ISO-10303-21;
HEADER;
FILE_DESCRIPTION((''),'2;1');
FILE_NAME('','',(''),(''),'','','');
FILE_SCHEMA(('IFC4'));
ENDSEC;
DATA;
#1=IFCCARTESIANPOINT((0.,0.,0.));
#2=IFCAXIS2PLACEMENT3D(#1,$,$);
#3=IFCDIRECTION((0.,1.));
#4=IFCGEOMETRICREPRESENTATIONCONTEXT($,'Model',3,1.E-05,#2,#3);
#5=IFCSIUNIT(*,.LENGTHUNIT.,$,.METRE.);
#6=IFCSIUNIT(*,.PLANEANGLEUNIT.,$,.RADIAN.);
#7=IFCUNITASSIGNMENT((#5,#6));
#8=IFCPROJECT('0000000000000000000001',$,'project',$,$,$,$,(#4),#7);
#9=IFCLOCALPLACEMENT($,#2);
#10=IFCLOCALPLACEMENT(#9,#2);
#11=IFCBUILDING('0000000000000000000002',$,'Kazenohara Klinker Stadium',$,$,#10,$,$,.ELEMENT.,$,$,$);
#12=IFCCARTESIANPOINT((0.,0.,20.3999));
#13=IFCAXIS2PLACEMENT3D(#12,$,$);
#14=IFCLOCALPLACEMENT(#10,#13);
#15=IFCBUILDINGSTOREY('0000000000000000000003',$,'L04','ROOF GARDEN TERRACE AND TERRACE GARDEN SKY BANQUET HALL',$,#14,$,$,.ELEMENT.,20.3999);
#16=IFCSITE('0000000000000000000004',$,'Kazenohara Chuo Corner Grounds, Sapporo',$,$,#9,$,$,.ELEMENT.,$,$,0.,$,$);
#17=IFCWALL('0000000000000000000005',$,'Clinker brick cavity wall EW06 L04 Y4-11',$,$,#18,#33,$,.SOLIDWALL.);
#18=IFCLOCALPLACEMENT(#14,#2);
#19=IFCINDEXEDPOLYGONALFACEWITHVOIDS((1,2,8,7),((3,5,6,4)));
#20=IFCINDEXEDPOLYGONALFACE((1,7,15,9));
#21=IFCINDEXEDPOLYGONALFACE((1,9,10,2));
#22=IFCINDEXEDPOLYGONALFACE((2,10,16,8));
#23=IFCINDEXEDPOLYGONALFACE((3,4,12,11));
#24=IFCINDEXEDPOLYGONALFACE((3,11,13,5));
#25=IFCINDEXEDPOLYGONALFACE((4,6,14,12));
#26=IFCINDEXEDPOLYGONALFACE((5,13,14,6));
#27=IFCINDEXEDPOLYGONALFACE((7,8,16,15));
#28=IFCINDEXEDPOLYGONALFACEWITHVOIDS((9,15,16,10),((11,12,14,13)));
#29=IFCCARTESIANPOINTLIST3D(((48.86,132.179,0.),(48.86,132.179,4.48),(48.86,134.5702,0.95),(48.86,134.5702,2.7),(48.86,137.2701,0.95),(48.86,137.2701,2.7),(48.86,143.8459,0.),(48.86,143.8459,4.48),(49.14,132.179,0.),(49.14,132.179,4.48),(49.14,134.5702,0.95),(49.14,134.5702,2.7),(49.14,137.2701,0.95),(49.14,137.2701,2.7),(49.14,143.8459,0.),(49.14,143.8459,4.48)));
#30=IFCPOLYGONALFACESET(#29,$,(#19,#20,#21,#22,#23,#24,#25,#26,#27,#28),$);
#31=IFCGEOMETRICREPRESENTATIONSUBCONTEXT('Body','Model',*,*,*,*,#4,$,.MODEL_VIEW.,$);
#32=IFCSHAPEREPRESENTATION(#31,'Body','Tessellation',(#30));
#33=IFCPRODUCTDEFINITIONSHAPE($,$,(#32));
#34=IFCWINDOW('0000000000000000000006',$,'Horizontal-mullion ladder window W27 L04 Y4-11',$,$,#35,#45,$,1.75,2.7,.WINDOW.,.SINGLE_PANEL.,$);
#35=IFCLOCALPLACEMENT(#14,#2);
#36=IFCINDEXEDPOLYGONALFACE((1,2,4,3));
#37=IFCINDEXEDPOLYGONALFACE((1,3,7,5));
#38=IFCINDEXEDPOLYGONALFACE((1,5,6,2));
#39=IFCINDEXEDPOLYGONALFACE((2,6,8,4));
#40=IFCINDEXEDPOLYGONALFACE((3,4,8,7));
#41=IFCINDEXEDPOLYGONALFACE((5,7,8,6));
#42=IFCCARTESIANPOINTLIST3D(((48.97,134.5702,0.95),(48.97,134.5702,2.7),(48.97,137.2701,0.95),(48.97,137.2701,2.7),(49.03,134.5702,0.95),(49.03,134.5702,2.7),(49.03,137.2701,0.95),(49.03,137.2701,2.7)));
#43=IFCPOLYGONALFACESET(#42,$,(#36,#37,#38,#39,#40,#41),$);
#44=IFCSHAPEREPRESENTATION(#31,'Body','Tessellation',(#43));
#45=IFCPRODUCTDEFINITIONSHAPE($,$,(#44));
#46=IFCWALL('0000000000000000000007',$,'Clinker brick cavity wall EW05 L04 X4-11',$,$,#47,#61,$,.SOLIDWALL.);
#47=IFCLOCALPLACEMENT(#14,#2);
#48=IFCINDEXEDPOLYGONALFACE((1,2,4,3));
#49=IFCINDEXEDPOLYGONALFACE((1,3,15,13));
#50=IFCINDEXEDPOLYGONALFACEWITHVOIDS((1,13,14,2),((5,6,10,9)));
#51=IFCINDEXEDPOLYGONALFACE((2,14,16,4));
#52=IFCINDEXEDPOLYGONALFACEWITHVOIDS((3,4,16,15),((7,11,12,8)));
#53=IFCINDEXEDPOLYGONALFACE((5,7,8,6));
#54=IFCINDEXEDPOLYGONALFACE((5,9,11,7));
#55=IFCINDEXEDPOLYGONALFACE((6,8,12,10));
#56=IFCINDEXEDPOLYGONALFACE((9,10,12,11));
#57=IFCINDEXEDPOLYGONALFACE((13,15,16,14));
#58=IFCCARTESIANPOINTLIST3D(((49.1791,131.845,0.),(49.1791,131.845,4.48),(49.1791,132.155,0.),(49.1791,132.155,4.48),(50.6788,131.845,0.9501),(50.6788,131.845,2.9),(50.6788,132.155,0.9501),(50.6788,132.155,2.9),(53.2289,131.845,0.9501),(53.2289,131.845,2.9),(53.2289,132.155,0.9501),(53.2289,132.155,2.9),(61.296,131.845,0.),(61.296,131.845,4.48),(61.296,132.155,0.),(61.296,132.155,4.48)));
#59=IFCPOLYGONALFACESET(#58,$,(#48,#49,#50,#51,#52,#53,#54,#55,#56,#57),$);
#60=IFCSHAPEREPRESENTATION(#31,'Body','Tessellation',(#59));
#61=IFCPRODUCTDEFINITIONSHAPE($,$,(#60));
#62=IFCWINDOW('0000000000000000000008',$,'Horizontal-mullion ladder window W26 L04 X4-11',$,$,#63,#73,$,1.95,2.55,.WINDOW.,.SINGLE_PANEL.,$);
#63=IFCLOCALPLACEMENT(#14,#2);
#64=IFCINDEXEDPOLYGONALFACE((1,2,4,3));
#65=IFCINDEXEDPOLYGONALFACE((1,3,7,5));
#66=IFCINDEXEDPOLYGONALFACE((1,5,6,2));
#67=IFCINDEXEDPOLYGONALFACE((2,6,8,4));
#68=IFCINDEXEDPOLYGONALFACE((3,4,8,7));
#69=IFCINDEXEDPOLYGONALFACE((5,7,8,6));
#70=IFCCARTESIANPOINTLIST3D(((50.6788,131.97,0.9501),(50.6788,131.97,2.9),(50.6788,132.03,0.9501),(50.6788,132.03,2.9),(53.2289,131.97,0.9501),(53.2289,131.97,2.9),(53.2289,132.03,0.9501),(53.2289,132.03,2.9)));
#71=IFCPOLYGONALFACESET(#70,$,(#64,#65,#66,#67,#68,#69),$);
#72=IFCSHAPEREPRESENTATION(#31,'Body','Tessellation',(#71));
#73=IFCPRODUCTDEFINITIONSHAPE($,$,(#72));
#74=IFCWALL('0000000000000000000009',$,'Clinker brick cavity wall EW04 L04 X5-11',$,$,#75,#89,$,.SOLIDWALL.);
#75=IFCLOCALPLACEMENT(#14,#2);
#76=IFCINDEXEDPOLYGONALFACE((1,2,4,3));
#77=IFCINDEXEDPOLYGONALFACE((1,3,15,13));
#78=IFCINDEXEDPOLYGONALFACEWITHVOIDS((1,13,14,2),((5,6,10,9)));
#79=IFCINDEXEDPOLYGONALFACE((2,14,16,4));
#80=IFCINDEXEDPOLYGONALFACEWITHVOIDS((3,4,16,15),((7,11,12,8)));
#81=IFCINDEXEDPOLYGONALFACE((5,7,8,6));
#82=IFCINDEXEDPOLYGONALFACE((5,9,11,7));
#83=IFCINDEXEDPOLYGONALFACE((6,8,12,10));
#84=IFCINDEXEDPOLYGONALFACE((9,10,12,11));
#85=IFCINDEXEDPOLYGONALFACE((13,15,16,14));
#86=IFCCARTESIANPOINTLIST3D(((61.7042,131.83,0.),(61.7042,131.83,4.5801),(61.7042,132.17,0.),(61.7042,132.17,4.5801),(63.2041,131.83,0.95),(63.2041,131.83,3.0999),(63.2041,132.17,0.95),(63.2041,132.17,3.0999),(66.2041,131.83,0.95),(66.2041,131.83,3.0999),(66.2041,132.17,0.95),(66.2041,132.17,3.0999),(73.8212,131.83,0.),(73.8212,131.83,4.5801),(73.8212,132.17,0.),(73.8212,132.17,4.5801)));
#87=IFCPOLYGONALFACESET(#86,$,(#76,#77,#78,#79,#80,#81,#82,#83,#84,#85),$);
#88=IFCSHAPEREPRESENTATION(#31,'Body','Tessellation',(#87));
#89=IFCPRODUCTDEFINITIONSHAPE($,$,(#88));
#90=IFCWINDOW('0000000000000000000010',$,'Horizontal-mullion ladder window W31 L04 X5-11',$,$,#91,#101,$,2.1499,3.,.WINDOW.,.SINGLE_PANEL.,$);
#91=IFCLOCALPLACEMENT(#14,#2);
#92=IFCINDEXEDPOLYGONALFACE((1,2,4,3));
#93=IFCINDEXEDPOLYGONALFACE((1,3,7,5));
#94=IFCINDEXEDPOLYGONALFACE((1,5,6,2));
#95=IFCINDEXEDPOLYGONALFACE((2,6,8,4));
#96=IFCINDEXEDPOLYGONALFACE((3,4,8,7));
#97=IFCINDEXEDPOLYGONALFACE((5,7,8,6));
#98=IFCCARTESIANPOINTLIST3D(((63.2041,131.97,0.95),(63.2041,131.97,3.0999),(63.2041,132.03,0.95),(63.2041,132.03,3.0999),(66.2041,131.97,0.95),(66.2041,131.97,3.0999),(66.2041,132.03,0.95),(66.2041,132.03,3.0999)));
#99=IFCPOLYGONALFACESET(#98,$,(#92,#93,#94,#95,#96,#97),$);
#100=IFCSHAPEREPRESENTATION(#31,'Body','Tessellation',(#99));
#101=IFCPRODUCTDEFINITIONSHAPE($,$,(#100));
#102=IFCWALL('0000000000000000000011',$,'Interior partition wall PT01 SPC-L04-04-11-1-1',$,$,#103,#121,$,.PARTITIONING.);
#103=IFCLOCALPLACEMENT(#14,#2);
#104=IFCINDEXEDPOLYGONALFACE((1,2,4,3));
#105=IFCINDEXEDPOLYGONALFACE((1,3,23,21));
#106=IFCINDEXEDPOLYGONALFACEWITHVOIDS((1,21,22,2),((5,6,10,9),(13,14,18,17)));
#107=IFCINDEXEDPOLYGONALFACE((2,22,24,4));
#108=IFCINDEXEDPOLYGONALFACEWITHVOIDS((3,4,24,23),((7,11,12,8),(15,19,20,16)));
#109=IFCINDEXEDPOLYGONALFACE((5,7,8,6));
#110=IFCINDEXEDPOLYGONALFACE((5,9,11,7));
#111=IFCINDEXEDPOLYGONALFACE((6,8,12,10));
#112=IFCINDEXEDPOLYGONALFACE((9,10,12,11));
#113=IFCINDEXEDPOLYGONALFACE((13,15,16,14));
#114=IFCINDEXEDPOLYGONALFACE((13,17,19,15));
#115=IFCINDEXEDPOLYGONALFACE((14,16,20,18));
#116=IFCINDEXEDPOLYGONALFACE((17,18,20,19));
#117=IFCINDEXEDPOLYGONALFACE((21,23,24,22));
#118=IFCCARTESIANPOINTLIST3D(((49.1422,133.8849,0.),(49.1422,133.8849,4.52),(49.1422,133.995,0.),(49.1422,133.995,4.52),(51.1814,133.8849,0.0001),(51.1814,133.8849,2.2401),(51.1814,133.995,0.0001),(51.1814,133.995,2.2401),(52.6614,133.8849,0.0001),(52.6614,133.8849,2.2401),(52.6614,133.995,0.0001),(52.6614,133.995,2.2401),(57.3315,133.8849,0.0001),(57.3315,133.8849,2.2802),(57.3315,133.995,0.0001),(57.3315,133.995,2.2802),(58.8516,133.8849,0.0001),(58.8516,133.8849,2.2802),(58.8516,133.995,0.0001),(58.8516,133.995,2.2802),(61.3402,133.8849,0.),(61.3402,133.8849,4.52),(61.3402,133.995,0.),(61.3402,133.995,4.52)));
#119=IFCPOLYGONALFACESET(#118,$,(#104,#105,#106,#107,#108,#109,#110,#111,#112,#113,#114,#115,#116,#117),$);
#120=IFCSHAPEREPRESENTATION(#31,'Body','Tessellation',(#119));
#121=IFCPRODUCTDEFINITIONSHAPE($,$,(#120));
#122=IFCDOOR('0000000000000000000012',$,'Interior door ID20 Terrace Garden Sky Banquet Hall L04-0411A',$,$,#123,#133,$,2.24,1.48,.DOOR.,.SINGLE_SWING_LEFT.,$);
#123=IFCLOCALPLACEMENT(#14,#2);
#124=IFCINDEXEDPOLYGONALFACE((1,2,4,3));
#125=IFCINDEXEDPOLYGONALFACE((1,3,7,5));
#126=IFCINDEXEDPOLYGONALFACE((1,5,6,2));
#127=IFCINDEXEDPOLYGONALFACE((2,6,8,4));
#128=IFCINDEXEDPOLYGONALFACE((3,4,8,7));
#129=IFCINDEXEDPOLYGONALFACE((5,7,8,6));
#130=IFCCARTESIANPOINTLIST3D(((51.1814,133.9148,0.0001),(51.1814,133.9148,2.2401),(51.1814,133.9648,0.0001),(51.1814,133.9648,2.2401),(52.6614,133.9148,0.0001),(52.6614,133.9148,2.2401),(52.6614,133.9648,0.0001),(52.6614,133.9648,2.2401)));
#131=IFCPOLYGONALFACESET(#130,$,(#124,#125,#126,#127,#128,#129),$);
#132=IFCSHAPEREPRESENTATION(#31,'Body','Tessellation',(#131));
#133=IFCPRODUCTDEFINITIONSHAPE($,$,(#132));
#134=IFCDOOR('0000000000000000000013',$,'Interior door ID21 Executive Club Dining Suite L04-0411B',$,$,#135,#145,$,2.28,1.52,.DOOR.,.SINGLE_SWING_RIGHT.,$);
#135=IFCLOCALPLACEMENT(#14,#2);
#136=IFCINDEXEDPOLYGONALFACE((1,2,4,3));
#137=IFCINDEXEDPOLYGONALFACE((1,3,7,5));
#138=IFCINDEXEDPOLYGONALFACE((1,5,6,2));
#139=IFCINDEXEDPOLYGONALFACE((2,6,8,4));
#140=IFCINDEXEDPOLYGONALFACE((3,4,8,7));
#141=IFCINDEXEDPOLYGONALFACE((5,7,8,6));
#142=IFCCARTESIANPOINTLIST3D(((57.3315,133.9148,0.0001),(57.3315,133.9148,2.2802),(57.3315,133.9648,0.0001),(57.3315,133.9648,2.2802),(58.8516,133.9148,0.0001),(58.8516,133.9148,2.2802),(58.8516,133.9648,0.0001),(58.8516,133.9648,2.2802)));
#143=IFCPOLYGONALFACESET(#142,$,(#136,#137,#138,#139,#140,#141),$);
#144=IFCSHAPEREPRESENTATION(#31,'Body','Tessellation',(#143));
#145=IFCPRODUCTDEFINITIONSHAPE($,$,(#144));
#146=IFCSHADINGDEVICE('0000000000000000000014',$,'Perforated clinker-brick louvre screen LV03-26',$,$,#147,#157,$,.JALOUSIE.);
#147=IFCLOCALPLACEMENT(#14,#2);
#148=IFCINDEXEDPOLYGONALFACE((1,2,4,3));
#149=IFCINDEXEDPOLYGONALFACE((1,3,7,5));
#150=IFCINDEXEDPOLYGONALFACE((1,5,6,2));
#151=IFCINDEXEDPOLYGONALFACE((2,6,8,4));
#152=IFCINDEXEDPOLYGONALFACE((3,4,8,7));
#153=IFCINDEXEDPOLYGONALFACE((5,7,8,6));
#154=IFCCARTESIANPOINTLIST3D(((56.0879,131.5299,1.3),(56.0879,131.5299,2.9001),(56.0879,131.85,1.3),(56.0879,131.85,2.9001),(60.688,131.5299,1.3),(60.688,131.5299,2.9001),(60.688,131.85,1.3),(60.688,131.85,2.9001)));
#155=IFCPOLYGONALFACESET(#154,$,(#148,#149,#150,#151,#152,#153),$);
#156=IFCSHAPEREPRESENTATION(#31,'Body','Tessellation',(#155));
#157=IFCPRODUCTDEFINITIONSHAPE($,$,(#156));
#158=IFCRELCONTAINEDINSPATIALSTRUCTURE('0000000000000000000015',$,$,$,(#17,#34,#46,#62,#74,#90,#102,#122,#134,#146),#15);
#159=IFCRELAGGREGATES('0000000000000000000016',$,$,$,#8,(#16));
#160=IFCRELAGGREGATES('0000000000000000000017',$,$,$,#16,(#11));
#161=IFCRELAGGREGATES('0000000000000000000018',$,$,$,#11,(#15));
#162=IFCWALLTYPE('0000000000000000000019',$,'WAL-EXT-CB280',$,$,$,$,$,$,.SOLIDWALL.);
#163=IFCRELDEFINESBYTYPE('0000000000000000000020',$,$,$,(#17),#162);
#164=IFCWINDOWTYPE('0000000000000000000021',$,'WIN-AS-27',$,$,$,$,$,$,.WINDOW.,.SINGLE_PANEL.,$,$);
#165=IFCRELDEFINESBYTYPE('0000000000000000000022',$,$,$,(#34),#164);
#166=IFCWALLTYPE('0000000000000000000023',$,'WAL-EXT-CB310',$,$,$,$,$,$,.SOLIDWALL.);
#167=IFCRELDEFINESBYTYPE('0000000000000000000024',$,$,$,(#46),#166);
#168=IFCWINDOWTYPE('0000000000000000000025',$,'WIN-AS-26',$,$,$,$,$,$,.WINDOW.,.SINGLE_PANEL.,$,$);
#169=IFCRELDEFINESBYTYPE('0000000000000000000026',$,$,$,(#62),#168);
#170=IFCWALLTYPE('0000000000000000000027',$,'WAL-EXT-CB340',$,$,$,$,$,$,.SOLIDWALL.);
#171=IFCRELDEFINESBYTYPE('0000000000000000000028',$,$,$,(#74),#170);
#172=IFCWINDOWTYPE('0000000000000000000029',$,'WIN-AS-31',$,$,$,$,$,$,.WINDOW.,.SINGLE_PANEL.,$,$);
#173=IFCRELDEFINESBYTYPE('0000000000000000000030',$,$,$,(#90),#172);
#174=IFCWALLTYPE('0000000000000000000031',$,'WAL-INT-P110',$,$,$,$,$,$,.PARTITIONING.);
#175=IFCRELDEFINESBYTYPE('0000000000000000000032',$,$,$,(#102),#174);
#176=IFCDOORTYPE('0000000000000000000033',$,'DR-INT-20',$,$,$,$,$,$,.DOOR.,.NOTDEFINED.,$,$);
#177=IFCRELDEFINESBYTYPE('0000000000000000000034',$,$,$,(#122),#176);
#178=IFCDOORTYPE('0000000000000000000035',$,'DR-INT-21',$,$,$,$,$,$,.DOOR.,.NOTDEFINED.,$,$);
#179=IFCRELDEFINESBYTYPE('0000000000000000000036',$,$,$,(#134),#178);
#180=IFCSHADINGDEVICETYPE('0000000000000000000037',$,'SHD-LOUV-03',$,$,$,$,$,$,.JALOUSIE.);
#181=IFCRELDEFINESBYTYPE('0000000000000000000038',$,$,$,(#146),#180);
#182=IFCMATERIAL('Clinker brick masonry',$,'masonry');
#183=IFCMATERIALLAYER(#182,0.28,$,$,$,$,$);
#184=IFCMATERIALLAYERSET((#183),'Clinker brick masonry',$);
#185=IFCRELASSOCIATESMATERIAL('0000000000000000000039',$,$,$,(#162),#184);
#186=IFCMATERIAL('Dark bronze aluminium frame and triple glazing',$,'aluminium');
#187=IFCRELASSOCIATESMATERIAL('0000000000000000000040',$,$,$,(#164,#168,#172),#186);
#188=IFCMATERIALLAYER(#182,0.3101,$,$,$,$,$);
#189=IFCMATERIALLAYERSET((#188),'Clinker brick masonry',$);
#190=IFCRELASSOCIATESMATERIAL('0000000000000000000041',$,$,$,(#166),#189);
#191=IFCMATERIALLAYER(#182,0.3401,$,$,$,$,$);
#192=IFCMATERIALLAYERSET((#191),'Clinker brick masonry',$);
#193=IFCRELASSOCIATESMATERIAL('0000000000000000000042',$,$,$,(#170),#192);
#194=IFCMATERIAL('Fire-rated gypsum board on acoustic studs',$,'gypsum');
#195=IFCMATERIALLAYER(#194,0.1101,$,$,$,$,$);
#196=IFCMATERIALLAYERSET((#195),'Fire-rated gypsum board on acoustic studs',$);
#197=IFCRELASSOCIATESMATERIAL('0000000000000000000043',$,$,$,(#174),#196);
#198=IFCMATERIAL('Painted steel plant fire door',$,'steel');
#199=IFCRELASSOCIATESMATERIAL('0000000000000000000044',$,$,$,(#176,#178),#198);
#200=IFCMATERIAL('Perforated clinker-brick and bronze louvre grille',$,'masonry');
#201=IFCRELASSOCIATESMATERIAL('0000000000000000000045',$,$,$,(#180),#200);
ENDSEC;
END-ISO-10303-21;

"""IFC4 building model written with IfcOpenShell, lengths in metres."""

from ifc_helpers import new_model, si_unit, direction, frame, frame_2d, origin, origin_2d, place, context, subcontext, project, spatial, rectangle, extrude, material, layer, layer_set, type_object, element, fill, save


model = new_model("IFC4")

# Units and contexts
model_context = context("Model", 3, precision=1e-05, world=origin(), true_north=direction((0.0, 1.0)))
body_context = subcontext(model_context, "Body", "Model", "MODEL_VIEW")
ifc_project = project(units=[si_unit("LENGTHUNIT", "METRE"), si_unit("PLANEANGLEUNIT", "RADIAN")], contexts=[model_context])

# Site, building, storey
site_placement = place(None, origin())
site = spatial("IfcSite", under=ifc_project, at=site_placement, Name="Kazenohara Chuo Corner Grounds, Sapporo", CompositionType="ELEMENT", RefElevation=0.0)
building_placement = place(site_placement, origin())
building = spatial("IfcBuilding", under=site, at=building_placement, Name="Kazenohara Klinker Stadium", CompositionType="ELEMENT")
storey_placement = place(building_placement, frame((0.0, 0.0, 20.3999)))
storey = spatial("IfcBuildingStorey", under=building, at=storey_placement, Name="L04", Description="ROOF GARDEN TERRACE AND TERRACE GARDEN SKY BANQUET HALL", CompositionType="ELEMENT", Elevation=20.3999)

# Walls, openings, windows
ifc_material_1 = material(Name="Clinker brick masonry", Category="masonry")
ifc_layer_1 = layer(ifc_material_1, 0.28)
ifc_layer_set_1 = layer_set([ifc_layer_1], Name="Clinker brick masonry")
wall_type_1 = type_object("IfcWallType", Name="WAL-EXT-CB280", PredefinedType="SOLIDWALL", material=ifc_layer_set_1)
wall_1_placement = place(storey_placement, frame((49.0, 132.179, 0.0), z_axis=(0.0, 0.0, 1.0), x_axis=(0.0, 1.0, 0.0)))
wall_1 = element("IfcWall", 1, at=wall_1_placement, inside=storey, type_object=wall_type_1, Name="Clinker brick cavity wall EW06 L04 Y4-11", PredefinedType="SOLIDWALL", context=body_context, shape_type="SweptSolid", body=[
    extrude(rectangle(XDim=11.667, YDim=0.28, at=frame_2d((5.8335, 0.0))), origin(), (0.0, 0.0, 1.0), 4.48),
])
opening_1_placement = place(wall_1_placement, frame((2.3911, 0.0, 0.95)))
opening_1 = element("IfcOpeningElement", 2, at=opening_1_placement, cuts=wall_1, PredefinedType="OPENING", context=body_context, shape_type="SweptSolid", body=[
    extrude(rectangle(XDim=2.7, YDim=1.75, at=frame_2d((1.3501, 0.875))), frame((0.0, 0.1499, 0.0), z_axis=(0.0, -1.0, 0.0), x_axis=(1.0, 0.0, 0.0)), (0.0, 0.0, 1.0), 0.3),
])
ifc_material_2 = material(Name="Dark bronze aluminium frame and triple glazing", Category="aluminium")
window_type_1 = type_object("IfcWindowType", Name="WIN-AS-27", PartitioningType="SINGLE_PANEL", PredefinedType="WINDOW", material=ifc_material_2)
window_1_placement = place(opening_1_placement, origin())
window_1 = element("IfcWindow", 3, at=window_1_placement, inside=storey, type_object=window_type_1, Name="Horizontal-mullion ladder window W27 L04 Y4-11", OverallHeight=1.75, OverallWidth=2.7, PartitioningType="SINGLE_PANEL", PredefinedType="WINDOW", context=body_context, shape_type="SweptSolid", body=[
    extrude(rectangle(XDim=2.7, YDim=1.75, at=frame_2d((1.3501, 0.875))), frame((0.0, 0.03, 0.0), z_axis=(0.0, -1.0, 0.0), x_axis=(1.0, 0.0, 0.0)), (0.0, 0.0, 1.0), 0.0601),
])
fill(opening_1, window_1)
ifc_layer_2 = layer(ifc_material_1, 0.3101)
ifc_layer_set_2 = layer_set([ifc_layer_2], Name="Clinker brick masonry")
wall_type_2 = type_object("IfcWallType", Name="WAL-EXT-CB310", PredefinedType="SOLIDWALL", material=ifc_layer_set_2)
wall_2_placement = place(storey_placement, frame((49.179, 132.0, 0.0), z_axis=(0.0, 0.0, 1.0), x_axis=(1.0, 0.0, 0.0)))
wall_2 = element("IfcWall", 4, at=wall_2_placement, inside=storey, type_object=wall_type_2, Name="Clinker brick cavity wall EW05 L04 X4-11", PredefinedType="SOLIDWALL", context=body_context, shape_type="SweptSolid", body=[
    extrude(rectangle(XDim=12.1169, YDim=0.3101, at=frame_2d((6.0586, 0.0))), origin(), (0.0, 0.0, 1.0), 4.48),
])
opening_2_placement = place(wall_2_placement, frame((1.5, 0.0, 0.95)))
opening_2 = element("IfcOpeningElement", 5, at=opening_2_placement, cuts=wall_2, PredefinedType="OPENING", context=body_context, shape_type="SweptSolid", body=[
    extrude(rectangle(XDim=2.55, YDim=1.95, at=frame_2d((1.2749, 0.9751))), frame((0.0, 0.165, 0.0), z_axis=(0.0, -1.0, 0.0), x_axis=(1.0, 0.0, 0.0)), (0.0, 0.0, 1.0), 0.3301),
])
window_type_2 = type_object("IfcWindowType", Name="WIN-AS-26", PartitioningType="SINGLE_PANEL", PredefinedType="WINDOW", material=ifc_material_2)
window_2_placement = place(opening_2_placement, origin())
window_2 = element("IfcWindow", 6, at=window_2_placement, inside=storey, type_object=window_type_2, Name="Horizontal-mullion ladder window W26 L04 X4-11", OverallHeight=1.95, OverallWidth=2.55, PartitioningType="SINGLE_PANEL", PredefinedType="WINDOW", context=body_context, shape_type="SweptSolid", body=[
    extrude(rectangle(XDim=2.55, YDim=1.95, at=frame_2d((1.2749, 0.9751))), frame((0.0, 0.03, 0.0), z_axis=(0.0, -1.0, 0.0), x_axis=(1.0, 0.0, 0.0)), (0.0, 0.0, 1.0), 0.0601),
])
fill(opening_2, window_2)
ifc_layer_3 = layer(ifc_material_1, 0.3401)
ifc_layer_set_3 = layer_set([ifc_layer_3], Name="Clinker brick masonry")
wall_type_3 = type_object("IfcWallType", Name="WAL-EXT-CB340", PredefinedType="SOLIDWALL", material=ifc_layer_set_3)
wall_3_placement = place(storey_placement, frame((61.7041, 132.0, 0.0), z_axis=(0.0, 0.0, 1.0), x_axis=(1.0, 0.0, 0.0)))
wall_3 = element("IfcWall", 7, at=wall_3_placement, inside=storey, type_object=wall_type_3, Name="Clinker brick cavity wall EW04 L04 X5-11", PredefinedType="SOLIDWALL", context=body_context, shape_type="SweptSolid", body=[
    extrude(rectangle(XDim=12.1169, YDim=0.3401, at=frame_2d((6.0586, 0.0))), origin(), (0.0, 0.0, 1.0), 4.5801),
])
opening_3_placement = place(wall_3_placement, frame((1.5, 0.0, 0.95)))
opening_3 = element("IfcOpeningElement", 8, at=opening_3_placement, cuts=wall_3, PredefinedType="OPENING", context=body_context, shape_type="SweptSolid", body=[
    extrude(rectangle(XDim=3.0, YDim=2.1499, at=frame_2d((1.5, 1.075))), frame((0.0, 0.1802, 0.0), z_axis=(0.0, -1.0, 0.0), x_axis=(1.0, 0.0, 0.0)), (0.0, 0.0, 1.0), 0.3601),
])
window_type_3 = type_object("IfcWindowType", Name="WIN-AS-31", PartitioningType="SINGLE_PANEL", PredefinedType="WINDOW", material=ifc_material_2)
window_3_placement = place(opening_3_placement, origin())
window_3 = element("IfcWindow", 9, at=window_3_placement, inside=storey, type_object=window_type_3, Name="Horizontal-mullion ladder window W31 L04 X5-11", OverallHeight=2.1499, OverallWidth=3.0, PartitioningType="SINGLE_PANEL", PredefinedType="WINDOW", context=body_context, shape_type="SweptSolid", body=[
    extrude(rectangle(XDim=3.0, YDim=2.1499, at=frame_2d((1.5, 1.075))), frame((0.0, 0.03, 0.0), z_axis=(0.0, -1.0, 0.0), x_axis=(1.0, 0.0, 0.0)), (0.0, 0.0, 1.0), 0.0601),
])
fill(opening_3, window_3)

# Wall, openings, doors
ifc_material_3 = material(Name="Fire-rated gypsum board on acoustic studs", Category="gypsum")
ifc_layer_4 = layer(ifc_material_3, 0.1101)
ifc_layer_set_4 = layer_set([ifc_layer_4], Name="Fire-rated gypsum board on acoustic studs")
wall_type_4 = type_object("IfcWallType", Name="WAL-INT-P110", PredefinedType="PARTITIONING", material=ifc_layer_set_4)
wall_4_placement = place(storey_placement, frame((49.1421, 133.9399, 0.0), z_axis=(0.0, 0.0, 1.0), x_axis=(1.0, 0.0, 0.0)))
wall_4 = element("IfcWall", 10, at=wall_4_placement, inside=storey, type_object=wall_type_4, Name="Interior partition wall PT01 SPC-L04-04-11-1-1", PredefinedType="PARTITIONING", context=body_context, shape_type="SweptSolid", body=[
    extrude(rectangle(XDim=12.198, YDim=0.1101, at=frame_2d((6.0991, 0.0))), origin(), (0.0, 0.0, 1.0), 4.52),
])
opening_4_placement = place(wall_4_placement, frame((2.0393, 0.0, 0.0)))
opening_4 = element("IfcOpeningElement", 11, at=opening_4_placement, cuts=wall_4, PredefinedType="OPENING", context=body_context, shape_type="SweptSolid", body=[
    extrude(rectangle(XDim=1.48, YDim=2.24, at=frame_2d((0.74, 1.1201))), frame((0.0, 0.0649, 0.0), z_axis=(0.0, -1.0, 0.0), x_axis=(1.0, 0.0, 0.0)), (0.0, 0.0, 1.0), 0.1301),
])
opening_5_placement = place(wall_4_placement, frame((8.1895, 0.0, 0.0)))
opening_5 = element("IfcOpeningElement", 12, at=opening_5_placement, cuts=wall_4, PredefinedType="OPENING", context=body_context, shape_type="SweptSolid", body=[
    extrude(rectangle(XDim=1.52, YDim=2.28, at=frame_2d((0.76, 1.1401))), frame((0.0, 0.0649, 0.0), z_axis=(0.0, -1.0, 0.0), x_axis=(1.0, 0.0, 0.0)), (0.0, 0.0, 1.0), 0.1301),
])
ifc_material_4 = material(Name="Painted steel plant fire door", Category="steel")
door_type_1 = type_object("IfcDoorType", Name="DR-INT-20", OperationType="NOTDEFINED", PredefinedType="DOOR", material=ifc_material_4)
door_1_placement = place(opening_4_placement, origin())
door_1 = element("IfcDoor", 13, at=door_1_placement, inside=storey, type_object=door_type_1, Name="Interior door ID20 Terrace Garden Sky Banquet Hall L04-0411A", OperationType="SINGLE_SWING_LEFT", OverallHeight=2.24, OverallWidth=1.48, PredefinedType="DOOR", context=body_context, shape_type="SweptSolid", body=[
    extrude(rectangle(XDim=1.48, YDim=2.24, at=frame_2d((0.74, 1.1201))), frame((0.0, 0.0249, 0.0), z_axis=(0.0, -1.0, 0.0), x_axis=(1.0, 0.0, 0.0)), (0.0, 0.0, 1.0), 0.05),
])
fill(opening_4, door_1)
door_type_2 = type_object("IfcDoorType", Name="DR-INT-21", OperationType="NOTDEFINED", PredefinedType="DOOR", material=ifc_material_4)
door_2_placement = place(opening_5_placement, origin())
door_2 = element("IfcDoor", 14, at=door_2_placement, inside=storey, type_object=door_type_2, Name="Interior door ID21 Executive Club Dining Suite L04-0411B", OperationType="SINGLE_SWING_RIGHT", OverallHeight=2.28, OverallWidth=1.52, PredefinedType="DOOR", context=body_context, shape_type="SweptSolid", body=[
    extrude(rectangle(XDim=1.52, YDim=2.28, at=frame_2d((0.76, 1.1401))), frame((0.0, 0.0249, 0.0), z_axis=(0.0, -1.0, 0.0), x_axis=(1.0, 0.0, 0.0)), (0.0, 0.0, 1.0), 0.05),
])
fill(opening_5, door_2)

# Shading device
ifc_material_5 = material(Name="Perforated clinker-brick and bronze louvre grille", Category="masonry")
shading_device_type = type_object("IfcShadingDeviceType", Name="SHD-LOUV-03", PredefinedType="JALOUSIE", material=ifc_material_5)
shading_device_placement = place(storey_placement, frame((58.3879, 131.6899, 1.3), z_axis=(0.0, 0.0, 1.0), x_axis=(1.0, 0.0, 0.0)))
element("IfcShadingDevice", 15, at=shading_device_placement, inside=storey, type_object=shading_device_type, Name="Perforated clinker-brick louvre screen LV03-26", PredefinedType="JALOUSIE", context=body_context, shape_type="SweptSolid", body=[
    extrude(rectangle(XDim=4.6001, YDim=0.3201, at=origin_2d()), origin(), (0.0, 0.0, 1.0), 1.6001),
])

save(model, "model.ifc")
